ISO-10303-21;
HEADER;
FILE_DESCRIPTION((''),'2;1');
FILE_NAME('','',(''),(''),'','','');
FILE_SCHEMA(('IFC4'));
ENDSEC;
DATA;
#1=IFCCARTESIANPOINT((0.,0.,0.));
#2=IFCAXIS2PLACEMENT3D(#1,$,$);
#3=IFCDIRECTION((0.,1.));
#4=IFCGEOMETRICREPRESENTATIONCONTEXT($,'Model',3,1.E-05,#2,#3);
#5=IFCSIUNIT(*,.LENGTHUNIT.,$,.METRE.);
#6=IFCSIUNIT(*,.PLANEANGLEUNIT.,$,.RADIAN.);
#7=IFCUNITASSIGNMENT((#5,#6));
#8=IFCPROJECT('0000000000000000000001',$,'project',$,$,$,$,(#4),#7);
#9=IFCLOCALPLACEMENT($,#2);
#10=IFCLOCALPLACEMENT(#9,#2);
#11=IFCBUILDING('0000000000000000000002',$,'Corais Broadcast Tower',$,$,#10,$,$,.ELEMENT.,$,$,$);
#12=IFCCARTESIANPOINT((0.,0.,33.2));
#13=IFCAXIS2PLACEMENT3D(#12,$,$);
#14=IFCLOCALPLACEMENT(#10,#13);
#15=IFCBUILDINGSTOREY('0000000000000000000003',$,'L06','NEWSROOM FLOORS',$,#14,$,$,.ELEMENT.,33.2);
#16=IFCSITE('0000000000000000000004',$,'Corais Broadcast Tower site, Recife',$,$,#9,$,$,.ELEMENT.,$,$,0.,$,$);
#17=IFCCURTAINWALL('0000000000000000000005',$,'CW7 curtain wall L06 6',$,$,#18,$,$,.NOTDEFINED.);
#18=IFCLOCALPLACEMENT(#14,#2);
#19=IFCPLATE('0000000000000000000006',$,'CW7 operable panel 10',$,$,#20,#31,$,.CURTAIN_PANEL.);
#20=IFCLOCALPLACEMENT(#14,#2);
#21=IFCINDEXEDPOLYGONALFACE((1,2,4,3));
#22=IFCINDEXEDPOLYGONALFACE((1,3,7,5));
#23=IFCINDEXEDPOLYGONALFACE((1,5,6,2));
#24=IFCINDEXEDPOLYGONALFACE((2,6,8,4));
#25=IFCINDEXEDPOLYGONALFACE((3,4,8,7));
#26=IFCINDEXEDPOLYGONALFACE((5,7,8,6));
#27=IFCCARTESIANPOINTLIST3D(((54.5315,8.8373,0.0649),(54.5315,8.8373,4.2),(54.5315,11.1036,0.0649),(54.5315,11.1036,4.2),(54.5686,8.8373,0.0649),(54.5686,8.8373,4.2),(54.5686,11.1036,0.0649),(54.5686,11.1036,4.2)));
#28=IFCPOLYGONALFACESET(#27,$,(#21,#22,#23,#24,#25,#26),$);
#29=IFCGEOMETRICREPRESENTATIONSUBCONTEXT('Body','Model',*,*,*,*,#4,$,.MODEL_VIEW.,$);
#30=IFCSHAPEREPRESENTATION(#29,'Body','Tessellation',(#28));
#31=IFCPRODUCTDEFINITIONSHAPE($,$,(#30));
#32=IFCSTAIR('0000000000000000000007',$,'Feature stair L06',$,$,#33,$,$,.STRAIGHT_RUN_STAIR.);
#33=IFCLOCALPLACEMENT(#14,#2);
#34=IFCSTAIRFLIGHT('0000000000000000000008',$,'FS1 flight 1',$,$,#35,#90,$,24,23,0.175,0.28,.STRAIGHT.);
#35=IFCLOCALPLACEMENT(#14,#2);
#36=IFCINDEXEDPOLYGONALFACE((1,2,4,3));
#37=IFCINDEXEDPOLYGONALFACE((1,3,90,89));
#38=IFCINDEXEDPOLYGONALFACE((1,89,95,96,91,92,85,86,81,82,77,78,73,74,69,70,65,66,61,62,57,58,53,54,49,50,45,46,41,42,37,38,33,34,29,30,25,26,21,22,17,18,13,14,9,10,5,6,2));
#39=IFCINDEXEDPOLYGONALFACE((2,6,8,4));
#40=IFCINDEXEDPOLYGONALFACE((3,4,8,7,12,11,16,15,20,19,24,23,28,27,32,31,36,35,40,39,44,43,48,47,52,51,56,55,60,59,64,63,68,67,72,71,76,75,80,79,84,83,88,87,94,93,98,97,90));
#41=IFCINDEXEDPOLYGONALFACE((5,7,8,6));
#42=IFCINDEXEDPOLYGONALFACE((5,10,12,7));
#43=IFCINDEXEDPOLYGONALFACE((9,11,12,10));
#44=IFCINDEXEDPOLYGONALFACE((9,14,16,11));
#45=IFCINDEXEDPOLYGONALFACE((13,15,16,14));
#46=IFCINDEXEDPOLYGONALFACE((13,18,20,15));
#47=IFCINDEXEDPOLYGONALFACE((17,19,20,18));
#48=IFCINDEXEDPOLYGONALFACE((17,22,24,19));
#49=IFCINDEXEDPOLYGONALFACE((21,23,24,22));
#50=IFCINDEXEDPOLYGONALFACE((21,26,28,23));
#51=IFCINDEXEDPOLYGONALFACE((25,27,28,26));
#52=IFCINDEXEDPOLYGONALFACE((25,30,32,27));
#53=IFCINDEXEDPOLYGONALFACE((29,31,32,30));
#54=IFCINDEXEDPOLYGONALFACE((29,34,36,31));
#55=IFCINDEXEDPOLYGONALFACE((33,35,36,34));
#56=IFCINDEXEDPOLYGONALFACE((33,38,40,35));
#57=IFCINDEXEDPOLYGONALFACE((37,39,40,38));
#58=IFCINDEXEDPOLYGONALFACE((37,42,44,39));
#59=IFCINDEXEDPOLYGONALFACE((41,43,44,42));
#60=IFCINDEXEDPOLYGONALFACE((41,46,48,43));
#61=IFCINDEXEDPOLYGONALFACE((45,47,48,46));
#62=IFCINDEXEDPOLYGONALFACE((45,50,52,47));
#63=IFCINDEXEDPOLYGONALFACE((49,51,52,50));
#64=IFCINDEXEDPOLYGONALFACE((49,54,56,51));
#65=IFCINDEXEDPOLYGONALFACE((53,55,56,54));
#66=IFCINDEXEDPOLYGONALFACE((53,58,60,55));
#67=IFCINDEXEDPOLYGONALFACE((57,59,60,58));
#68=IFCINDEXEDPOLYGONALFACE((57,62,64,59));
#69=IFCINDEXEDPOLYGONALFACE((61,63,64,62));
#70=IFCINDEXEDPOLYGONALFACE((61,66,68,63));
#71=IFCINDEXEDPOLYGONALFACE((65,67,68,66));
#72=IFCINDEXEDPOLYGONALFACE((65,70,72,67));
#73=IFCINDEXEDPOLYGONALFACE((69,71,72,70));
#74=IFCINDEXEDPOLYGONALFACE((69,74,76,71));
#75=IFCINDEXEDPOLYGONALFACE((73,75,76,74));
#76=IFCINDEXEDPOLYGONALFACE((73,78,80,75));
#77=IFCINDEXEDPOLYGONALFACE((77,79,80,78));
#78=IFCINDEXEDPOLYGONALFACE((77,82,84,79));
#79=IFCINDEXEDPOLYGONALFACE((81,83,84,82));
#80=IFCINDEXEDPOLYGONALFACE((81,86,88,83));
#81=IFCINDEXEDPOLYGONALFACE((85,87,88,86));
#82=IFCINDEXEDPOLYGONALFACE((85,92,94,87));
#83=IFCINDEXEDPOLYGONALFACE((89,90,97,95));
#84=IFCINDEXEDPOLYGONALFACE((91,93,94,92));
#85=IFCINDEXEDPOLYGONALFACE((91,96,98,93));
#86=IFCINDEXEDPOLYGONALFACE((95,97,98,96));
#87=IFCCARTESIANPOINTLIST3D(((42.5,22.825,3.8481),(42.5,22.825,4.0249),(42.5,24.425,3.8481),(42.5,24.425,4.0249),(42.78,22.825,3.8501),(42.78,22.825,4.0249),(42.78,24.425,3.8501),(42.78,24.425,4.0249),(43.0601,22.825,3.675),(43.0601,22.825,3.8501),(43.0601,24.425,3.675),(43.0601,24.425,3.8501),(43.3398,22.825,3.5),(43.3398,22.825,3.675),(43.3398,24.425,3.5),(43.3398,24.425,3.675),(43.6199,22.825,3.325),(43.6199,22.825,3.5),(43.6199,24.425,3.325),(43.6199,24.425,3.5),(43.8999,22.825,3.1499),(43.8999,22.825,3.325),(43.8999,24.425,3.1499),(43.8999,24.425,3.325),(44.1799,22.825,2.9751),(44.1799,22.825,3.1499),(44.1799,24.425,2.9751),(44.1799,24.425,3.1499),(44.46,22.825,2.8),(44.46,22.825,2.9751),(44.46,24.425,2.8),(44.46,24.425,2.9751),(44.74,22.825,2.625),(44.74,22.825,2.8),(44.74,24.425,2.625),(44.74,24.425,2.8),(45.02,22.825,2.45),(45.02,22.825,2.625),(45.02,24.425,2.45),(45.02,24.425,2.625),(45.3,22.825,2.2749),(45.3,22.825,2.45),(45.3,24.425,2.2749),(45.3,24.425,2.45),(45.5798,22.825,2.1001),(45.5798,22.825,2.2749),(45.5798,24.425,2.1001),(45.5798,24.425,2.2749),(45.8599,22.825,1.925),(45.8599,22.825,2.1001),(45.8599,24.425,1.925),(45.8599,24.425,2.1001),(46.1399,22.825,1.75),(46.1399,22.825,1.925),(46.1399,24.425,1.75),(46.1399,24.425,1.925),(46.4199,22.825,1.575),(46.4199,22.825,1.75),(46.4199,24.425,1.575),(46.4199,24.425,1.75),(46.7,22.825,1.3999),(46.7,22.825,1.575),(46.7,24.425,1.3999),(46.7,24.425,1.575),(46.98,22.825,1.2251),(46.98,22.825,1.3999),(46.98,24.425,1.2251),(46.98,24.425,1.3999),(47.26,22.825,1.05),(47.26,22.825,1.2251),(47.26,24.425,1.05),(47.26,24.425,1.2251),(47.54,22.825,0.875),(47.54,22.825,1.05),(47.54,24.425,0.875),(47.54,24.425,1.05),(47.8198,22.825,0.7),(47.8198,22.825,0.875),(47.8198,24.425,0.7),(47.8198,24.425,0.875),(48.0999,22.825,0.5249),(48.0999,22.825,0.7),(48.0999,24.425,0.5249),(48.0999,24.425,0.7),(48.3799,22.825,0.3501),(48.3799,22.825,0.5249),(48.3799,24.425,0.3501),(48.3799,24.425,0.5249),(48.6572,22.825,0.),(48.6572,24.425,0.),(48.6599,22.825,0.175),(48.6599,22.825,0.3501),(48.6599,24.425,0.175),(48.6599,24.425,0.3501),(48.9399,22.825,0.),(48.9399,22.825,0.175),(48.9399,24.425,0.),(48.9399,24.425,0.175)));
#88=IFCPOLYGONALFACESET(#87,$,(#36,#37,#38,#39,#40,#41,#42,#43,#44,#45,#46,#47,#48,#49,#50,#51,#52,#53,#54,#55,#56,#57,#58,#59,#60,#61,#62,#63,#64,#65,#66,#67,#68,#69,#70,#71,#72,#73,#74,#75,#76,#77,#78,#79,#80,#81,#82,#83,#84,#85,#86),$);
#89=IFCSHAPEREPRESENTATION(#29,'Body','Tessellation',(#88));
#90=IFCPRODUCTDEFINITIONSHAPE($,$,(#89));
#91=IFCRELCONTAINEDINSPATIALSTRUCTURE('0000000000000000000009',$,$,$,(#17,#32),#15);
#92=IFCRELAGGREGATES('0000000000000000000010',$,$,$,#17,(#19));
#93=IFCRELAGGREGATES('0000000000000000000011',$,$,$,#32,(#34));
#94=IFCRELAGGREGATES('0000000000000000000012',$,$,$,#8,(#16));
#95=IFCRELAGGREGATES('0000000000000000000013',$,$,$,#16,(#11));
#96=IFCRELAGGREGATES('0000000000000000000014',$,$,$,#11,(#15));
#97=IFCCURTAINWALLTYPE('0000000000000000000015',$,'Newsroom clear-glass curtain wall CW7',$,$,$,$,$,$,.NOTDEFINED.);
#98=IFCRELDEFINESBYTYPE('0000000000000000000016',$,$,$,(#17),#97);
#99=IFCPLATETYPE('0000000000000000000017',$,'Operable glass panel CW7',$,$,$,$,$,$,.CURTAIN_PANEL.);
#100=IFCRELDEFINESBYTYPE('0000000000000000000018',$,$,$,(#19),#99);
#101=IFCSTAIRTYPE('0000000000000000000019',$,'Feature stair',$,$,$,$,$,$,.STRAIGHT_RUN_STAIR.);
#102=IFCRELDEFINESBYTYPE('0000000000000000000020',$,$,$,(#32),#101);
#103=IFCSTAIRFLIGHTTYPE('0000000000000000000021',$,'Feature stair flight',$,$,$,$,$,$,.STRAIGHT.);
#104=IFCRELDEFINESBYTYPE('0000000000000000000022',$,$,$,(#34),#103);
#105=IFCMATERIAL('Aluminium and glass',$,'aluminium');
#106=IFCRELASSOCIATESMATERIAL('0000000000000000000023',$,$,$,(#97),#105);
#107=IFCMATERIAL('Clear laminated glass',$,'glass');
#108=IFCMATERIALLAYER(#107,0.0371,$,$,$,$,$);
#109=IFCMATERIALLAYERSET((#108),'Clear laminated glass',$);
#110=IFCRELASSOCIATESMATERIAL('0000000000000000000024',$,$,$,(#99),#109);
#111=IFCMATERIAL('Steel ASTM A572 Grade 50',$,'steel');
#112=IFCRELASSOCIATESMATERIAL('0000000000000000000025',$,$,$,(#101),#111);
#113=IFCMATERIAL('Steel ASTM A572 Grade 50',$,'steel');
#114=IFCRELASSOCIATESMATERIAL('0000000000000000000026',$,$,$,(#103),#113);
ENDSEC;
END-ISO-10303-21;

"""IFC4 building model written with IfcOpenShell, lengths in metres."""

from ifc_helpers import new_model, si_unit, direction, frame, origin, origin_2d, place, context, subcontext, project, spatial, polyline, rectangle, outline, extrude, material, layer, layer_set, type_object, element, aggregate, save


model = new_model("IFC4")

# Units and contexts
model_context = context("Model", 3, precision=1e-05, world=origin(), true_north=direction((0.0, 1.0)))
body_context = subcontext(model_context, "Body", "Model", "MODEL_VIEW")
ifc_project = project(units=[si_unit("LENGTHUNIT", "METRE"), si_unit("PLANEANGLEUNIT", "RADIAN")], contexts=[model_context])

# Site, building, storey
site_placement = place(None, origin())
site = spatial("IfcSite", under=ifc_project, at=site_placement, Name="Corais Broadcast Tower site, Recife", CompositionType="ELEMENT", RefElevation=0.0)
building_placement = place(site_placement, origin())
building = spatial("IfcBuilding", under=site, at=building_placement, Name="Corais Broadcast Tower", CompositionType="ELEMENT")
storey_placement = place(building_placement, frame((0.0, 0.0, 33.2)))
storey = spatial("IfcBuildingStorey", under=building, at=storey_placement, Name="L06", Description="NEWSROOM FLOORS", CompositionType="ELEMENT", Elevation=33.2)

# Curtain wall
ifc_material_1 = material(Name="Aluminium and glass", Category="aluminium")
curtain_wall_type = type_object("IfcCurtainWallType", Name="Newsroom clear-glass curtain wall CW7", PredefinedType="NOTDEFINED", material=ifc_material_1)
curtain_wall_placement = place(storey_placement, origin())
curtain_wall = element("IfcCurtainWall", 1, at=curtain_wall_placement, inside=storey, type_object=curtain_wall_type, Name="CW7 curtain wall L06 6", PredefinedType="NOTDEFINED")

# Plate
ifc_material_2 = material(Name="Clear laminated glass", Category="glass")
ifc_layer_1 = layer(ifc_material_2, 0.0371)
ifc_layer_set_1 = layer_set([ifc_layer_1], Name="Clear laminated glass")
plate_type_1 = type_object("IfcPlateType", Name="Operable glass panel CW7", PredefinedType="CURTAIN_PANEL", material=ifc_layer_set_1)
plate_1_placement = place(storey_placement, frame((54.55, 9.9705, 0.0649), z_axis=(0.0, 0.0, 1.0), x_axis=(0.0, -1.0, 0.0)))
plate_1 = element("IfcPlate", 2, at=plate_1_placement, type_object=plate_type_1, Name="CW7 operable panel 10", PredefinedType="CURTAIN_PANEL", context=body_context, shape_type="SweptSolid", body=[
    extrude(rectangle(XDim=2.2664, YDim=0.0371, at=origin_2d()), origin(), (0.0, 0.0, 1.0), 4.135),
])
aggregate(curtain_wall, [plate_1])

# Stair, stair flight
ifc_material_3 = material(Name="Steel ASTM A572 Grade 50", Category="steel")
stair_type = type_object("IfcStairType", Name="Feature stair", PredefinedType="STRAIGHT_RUN_STAIR", material=ifc_material_3)
stair_placement = place(storey_placement, origin())
stair = element("IfcStair", 3, at=stair_placement, inside=storey, type_object=stair_type, Name="Feature stair L06", PredefinedType="STRAIGHT_RUN_STAIR")
ifc_material_4 = material(Name="Steel ASTM A572 Grade 50", Category="steel")
stair_flight_type = type_object("IfcStairFlightType", Name="Feature stair flight", PredefinedType="STRAIGHT", material=ifc_material_4)
stair_flight_placement = place(storey_placement, frame((48.9399, 23.625, 0.0), z_axis=(0.0, 0.0, 1.0), x_axis=(-1.0, 0.0, 0.0)))
stair_flight = element("IfcStairFlight", 4, at=stair_flight_placement, type_object=stair_flight_type, Name="FS1 flight 1", NumberOfRisers=24, NumberOfTreads=23, PredefinedType="STRAIGHT", RiserHeight=0.175, TreadLength=0.28, context=body_context, shape_type="SweptSolid", body=[
    extrude(outline(polyline([(0.0, 0.0), (0.0, 0.175), (0.28, 0.175), (0.28, 0.3501), (0.5601, 0.3501), (0.5601, 0.5249), (0.8401, 0.5249), (0.8401, 0.7), (1.1201, 0.7), (1.1201, 0.875), (1.3999, 0.875), (1.3999, 1.05), (1.6799, 1.05), (1.6799, 1.2251), (1.96, 1.2251), (1.96, 1.3999), (2.24, 1.3999), (2.24, 1.575), (2.52, 1.575), (2.52, 1.75), (2.8, 1.75), (2.8, 1.925), (3.0801, 1.925), (3.0801, 2.1001), (3.3601, 2.1001), (3.3601, 2.2749), (3.6399, 2.2749), (3.6399, 2.45), (3.9199, 2.45), (3.9199, 2.625), (4.2, 2.625), (4.2, 2.8), (4.48, 2.8), (4.48, 2.9751), (4.76, 2.9751), (4.76, 3.1499), (5.04, 3.1499), (5.04, 3.325), (5.3201, 3.325), (5.3201, 3.5), (5.6001, 3.5), (5.6001, 3.675), (5.8799, 3.675), (5.8799, 3.8501), (6.1599, 3.8501), (6.1599, 4.0249), (6.4399, 4.0249), (6.4399, 4.2), (6.4399, 3.8481), (0.2827, 0.0), (0.0, 0.0)])), frame((0.0, 0.8, 0.0), z_axis=(0.0, -1.0, 0.0), x_axis=(1.0, 0.0, 0.0)), (0.0, 0.0, 1.0), 1.6001),
])
aggregate(stair, [stair_flight])

save(model, "model.ifc")
